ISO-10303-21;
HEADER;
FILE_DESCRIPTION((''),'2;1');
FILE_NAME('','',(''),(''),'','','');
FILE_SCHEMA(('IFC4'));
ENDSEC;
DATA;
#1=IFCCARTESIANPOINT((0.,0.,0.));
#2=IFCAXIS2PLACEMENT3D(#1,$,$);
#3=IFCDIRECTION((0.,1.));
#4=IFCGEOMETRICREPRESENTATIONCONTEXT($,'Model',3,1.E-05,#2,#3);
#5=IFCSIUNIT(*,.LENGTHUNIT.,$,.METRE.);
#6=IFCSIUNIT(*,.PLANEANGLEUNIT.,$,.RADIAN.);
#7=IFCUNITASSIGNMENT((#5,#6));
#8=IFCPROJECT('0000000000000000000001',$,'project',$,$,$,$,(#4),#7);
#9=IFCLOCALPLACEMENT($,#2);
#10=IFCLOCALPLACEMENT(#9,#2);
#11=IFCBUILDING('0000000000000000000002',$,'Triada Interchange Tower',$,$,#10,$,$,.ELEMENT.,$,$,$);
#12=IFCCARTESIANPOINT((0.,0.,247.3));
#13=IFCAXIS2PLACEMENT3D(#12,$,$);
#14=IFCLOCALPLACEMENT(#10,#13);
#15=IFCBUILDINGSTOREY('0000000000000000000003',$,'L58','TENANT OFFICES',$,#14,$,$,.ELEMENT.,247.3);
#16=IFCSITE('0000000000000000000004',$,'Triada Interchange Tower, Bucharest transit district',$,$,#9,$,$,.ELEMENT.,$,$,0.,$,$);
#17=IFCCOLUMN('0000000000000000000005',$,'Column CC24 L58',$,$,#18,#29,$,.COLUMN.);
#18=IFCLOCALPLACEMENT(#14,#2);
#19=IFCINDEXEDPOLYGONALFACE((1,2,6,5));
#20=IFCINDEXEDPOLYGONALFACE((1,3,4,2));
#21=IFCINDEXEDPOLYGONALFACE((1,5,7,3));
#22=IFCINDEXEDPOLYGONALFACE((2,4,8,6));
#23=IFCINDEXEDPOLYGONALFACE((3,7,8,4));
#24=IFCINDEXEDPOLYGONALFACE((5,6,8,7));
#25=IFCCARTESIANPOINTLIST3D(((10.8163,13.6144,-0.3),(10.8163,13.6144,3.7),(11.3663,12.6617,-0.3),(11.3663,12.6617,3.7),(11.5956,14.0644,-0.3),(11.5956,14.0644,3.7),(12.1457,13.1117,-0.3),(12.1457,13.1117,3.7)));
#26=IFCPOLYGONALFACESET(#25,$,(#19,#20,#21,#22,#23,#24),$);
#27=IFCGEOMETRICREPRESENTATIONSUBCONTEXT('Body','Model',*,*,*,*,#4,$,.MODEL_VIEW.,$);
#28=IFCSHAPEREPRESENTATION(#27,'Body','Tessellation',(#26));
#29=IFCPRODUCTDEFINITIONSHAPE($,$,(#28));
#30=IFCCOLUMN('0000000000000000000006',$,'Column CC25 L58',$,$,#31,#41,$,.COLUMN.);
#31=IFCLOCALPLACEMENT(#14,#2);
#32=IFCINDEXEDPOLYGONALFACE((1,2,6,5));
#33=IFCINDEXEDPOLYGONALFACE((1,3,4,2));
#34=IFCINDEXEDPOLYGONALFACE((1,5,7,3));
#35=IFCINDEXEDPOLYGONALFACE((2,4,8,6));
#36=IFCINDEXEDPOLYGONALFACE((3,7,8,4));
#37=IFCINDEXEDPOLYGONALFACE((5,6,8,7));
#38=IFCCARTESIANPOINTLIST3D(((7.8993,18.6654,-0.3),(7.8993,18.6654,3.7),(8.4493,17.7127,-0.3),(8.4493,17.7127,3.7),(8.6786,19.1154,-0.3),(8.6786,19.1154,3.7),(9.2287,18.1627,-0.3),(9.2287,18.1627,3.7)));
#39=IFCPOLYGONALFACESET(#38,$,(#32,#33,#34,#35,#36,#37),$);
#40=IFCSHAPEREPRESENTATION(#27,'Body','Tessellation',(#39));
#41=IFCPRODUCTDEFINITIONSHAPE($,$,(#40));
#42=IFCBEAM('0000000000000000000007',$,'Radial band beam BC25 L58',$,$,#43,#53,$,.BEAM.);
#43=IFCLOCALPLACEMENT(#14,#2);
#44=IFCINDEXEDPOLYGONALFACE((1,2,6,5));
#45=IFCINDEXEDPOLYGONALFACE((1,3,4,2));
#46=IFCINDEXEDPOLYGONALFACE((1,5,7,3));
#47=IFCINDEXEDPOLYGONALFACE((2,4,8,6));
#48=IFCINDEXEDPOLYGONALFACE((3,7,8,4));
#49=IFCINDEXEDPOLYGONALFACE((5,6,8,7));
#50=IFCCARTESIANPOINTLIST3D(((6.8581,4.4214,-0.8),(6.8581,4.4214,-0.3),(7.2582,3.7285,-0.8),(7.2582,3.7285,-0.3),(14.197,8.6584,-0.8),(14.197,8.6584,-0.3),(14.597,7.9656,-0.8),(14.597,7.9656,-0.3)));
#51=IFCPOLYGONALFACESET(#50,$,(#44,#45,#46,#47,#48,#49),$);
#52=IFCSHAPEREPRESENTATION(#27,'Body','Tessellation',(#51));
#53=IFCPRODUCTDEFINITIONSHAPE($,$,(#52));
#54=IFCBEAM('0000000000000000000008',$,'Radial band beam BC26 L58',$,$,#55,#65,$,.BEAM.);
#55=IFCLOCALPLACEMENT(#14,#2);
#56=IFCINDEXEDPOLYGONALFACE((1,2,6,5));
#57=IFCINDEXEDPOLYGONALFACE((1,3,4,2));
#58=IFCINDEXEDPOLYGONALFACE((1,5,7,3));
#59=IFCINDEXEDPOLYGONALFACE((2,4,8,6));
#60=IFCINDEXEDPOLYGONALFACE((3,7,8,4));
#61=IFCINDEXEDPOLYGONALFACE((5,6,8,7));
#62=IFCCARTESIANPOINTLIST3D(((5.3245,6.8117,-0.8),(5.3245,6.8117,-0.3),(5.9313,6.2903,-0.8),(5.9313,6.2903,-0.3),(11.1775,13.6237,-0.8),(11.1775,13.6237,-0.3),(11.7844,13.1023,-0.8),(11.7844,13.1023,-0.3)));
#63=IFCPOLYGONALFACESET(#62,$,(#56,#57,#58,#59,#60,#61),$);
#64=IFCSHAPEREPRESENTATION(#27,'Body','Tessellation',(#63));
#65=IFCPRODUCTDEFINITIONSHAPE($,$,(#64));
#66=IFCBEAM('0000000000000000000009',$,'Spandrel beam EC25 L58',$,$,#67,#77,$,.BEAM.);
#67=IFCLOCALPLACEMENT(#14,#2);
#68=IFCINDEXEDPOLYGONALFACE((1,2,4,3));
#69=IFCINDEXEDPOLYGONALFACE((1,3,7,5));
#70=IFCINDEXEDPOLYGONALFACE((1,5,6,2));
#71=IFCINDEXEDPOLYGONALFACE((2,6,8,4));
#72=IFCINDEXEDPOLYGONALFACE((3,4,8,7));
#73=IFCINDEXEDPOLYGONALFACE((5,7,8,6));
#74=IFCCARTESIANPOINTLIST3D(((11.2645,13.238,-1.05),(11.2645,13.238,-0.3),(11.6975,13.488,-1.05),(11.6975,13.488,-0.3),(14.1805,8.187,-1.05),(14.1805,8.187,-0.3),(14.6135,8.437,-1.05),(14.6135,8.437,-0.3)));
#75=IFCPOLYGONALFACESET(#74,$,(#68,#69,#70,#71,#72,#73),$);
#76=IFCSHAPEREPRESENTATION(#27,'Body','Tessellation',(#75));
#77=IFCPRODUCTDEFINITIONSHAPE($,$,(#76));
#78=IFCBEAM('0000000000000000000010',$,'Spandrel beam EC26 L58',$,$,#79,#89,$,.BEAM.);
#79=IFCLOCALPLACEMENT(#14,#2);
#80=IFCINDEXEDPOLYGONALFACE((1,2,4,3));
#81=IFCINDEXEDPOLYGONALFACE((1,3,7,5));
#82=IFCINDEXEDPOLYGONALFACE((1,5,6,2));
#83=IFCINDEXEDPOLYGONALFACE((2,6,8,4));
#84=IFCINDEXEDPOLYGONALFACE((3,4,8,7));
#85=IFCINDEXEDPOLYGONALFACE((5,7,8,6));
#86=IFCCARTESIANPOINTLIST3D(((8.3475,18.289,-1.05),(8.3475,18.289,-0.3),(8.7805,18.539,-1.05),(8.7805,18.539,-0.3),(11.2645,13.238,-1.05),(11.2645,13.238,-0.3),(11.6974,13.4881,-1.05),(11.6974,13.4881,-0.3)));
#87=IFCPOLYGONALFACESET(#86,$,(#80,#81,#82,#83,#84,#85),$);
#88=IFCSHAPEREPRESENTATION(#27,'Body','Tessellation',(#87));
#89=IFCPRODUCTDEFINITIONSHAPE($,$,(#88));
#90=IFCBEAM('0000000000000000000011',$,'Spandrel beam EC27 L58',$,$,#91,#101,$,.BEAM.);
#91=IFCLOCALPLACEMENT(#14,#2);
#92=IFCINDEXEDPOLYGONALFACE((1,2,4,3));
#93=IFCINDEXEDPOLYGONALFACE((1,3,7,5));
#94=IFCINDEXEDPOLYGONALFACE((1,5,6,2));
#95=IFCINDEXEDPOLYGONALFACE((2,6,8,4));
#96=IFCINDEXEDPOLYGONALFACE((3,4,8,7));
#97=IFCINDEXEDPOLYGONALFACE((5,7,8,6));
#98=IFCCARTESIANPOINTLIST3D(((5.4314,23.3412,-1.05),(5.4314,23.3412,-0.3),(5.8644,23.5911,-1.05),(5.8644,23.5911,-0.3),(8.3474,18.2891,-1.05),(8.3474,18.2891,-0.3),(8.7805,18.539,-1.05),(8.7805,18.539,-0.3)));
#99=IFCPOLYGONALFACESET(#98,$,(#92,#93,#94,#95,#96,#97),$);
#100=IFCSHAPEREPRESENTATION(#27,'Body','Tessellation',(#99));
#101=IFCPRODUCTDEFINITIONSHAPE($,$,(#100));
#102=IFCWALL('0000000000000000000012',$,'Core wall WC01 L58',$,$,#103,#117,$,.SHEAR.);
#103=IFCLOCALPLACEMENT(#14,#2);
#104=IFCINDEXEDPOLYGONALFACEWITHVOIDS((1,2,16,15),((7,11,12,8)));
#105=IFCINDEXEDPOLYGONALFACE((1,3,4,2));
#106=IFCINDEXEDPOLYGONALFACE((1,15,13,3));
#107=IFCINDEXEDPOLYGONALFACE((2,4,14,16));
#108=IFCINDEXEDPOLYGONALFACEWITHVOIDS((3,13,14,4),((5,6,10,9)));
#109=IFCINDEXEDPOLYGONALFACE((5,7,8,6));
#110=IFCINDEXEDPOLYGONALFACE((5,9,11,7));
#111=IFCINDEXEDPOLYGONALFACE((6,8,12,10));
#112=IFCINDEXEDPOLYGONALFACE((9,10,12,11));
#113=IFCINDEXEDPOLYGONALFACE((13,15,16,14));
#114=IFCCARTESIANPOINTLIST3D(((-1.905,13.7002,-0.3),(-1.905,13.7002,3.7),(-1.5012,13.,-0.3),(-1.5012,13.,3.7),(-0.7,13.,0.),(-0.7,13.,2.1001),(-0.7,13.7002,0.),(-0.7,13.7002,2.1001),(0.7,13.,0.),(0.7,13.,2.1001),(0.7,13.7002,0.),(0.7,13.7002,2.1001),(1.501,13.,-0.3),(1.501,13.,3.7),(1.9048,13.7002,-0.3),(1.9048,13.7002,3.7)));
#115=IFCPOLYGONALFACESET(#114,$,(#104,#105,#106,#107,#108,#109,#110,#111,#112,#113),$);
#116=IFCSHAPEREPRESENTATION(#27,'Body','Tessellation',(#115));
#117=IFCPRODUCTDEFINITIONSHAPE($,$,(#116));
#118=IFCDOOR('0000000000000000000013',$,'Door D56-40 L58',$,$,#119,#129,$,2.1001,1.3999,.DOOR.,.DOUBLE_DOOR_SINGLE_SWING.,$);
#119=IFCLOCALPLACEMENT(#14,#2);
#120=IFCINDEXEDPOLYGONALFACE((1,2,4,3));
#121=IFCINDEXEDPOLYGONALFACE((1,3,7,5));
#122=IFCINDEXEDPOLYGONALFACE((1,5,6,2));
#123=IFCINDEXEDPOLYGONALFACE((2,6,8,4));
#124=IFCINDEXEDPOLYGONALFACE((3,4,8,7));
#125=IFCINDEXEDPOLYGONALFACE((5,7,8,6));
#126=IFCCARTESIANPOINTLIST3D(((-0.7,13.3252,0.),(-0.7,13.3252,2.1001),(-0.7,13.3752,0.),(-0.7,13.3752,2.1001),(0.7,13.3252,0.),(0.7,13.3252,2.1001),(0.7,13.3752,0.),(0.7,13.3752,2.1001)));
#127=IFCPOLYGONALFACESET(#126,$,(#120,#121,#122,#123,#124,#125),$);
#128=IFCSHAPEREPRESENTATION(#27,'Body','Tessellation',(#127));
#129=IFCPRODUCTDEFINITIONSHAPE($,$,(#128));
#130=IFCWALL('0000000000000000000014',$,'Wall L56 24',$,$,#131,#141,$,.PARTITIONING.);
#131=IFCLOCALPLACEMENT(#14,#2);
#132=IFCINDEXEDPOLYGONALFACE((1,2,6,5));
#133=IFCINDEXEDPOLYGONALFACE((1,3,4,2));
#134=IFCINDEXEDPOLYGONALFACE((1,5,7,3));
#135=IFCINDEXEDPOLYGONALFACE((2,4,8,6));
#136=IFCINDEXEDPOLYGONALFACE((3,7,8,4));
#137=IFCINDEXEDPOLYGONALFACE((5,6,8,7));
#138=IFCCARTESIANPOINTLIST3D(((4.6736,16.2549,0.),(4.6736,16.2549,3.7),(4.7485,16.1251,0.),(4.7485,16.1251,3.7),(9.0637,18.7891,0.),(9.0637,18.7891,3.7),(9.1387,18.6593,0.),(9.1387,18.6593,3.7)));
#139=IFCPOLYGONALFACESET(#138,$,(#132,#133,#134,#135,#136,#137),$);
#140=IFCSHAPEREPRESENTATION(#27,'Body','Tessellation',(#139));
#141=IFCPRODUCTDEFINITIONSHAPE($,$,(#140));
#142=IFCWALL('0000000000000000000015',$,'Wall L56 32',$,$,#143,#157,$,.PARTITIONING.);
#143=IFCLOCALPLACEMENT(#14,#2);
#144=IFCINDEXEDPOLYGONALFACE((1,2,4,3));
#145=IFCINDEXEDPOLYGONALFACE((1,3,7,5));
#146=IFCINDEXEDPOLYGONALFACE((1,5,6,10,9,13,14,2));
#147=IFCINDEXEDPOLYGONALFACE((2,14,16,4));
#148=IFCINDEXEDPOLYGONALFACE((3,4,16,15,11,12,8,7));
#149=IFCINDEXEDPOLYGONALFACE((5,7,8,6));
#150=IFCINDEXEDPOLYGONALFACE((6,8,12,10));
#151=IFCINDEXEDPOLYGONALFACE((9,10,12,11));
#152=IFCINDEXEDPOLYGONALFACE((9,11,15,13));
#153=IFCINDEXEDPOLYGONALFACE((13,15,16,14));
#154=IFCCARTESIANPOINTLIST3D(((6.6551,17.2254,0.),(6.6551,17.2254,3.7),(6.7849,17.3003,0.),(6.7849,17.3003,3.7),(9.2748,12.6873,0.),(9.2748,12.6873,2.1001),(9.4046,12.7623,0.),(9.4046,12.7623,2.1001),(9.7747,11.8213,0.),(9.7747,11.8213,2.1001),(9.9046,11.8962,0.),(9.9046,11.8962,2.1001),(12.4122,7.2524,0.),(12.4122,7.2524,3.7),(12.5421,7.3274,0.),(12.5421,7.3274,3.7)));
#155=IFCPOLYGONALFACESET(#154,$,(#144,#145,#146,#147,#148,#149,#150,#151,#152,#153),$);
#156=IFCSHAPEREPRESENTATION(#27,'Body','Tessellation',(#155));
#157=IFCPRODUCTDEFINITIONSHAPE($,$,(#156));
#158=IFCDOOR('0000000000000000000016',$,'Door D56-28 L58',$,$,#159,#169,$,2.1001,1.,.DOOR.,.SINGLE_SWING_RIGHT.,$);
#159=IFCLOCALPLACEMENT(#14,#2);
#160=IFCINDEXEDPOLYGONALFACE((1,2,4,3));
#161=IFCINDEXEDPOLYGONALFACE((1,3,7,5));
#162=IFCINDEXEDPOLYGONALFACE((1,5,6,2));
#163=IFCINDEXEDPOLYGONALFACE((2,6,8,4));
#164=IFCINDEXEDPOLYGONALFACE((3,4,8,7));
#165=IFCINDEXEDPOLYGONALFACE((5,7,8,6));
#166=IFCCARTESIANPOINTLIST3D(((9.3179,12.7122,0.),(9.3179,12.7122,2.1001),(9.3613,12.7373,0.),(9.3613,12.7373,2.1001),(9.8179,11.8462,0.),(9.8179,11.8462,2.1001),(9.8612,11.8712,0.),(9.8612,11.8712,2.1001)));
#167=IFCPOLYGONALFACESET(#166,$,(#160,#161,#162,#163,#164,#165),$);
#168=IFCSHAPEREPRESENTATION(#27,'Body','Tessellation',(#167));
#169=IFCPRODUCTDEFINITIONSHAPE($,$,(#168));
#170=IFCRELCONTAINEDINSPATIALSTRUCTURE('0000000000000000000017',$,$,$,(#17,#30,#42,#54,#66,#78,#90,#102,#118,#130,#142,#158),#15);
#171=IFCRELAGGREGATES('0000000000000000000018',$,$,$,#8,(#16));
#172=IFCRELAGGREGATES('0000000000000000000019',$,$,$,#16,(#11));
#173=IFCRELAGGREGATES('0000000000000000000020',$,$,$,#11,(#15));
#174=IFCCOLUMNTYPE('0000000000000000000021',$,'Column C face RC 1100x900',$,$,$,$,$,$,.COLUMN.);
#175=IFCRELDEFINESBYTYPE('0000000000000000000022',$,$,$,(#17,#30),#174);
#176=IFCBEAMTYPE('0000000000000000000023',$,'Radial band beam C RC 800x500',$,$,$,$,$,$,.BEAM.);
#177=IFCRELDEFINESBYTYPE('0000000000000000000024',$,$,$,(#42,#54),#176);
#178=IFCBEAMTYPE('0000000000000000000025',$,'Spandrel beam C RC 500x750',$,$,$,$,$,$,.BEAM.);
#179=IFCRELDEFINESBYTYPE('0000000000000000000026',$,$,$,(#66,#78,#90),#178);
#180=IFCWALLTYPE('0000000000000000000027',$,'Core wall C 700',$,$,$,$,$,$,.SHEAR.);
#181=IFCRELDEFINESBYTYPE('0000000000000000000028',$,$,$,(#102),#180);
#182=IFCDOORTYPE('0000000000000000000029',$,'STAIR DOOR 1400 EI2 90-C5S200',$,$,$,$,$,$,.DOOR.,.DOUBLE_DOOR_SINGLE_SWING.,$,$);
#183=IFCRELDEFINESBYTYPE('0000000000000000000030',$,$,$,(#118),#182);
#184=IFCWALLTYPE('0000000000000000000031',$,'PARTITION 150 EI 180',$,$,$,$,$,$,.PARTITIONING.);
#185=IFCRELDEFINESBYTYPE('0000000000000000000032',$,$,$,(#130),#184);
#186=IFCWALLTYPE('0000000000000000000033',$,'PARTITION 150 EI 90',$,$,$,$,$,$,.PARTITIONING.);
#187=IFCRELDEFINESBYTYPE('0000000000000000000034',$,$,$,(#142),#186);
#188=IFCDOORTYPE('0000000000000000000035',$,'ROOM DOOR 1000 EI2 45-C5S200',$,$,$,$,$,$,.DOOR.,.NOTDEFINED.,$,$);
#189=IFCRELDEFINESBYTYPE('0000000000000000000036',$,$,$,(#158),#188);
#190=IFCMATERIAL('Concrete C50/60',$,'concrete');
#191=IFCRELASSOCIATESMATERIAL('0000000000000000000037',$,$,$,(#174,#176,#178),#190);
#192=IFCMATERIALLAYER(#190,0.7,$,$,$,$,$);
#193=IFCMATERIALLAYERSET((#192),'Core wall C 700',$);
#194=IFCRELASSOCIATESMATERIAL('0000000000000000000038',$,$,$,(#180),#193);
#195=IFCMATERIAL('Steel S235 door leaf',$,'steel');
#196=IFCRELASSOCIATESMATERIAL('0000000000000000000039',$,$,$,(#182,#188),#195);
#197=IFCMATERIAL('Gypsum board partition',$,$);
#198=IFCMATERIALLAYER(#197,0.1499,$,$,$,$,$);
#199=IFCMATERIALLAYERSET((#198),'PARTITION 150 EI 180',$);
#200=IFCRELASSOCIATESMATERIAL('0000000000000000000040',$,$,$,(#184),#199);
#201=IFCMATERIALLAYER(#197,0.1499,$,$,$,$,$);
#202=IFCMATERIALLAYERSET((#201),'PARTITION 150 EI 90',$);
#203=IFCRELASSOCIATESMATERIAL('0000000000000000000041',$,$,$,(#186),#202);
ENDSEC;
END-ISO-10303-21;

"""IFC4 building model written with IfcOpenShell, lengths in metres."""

from ifc_helpers import new_model, si_unit, direction, frame, frame_2d, origin, origin_2d, place, context, subcontext, project, spatial, polyline, rectangle, outline, extrude, material, layer, layer_set, material_profile, profile_set, type_object, element, fill, save


model = new_model("IFC4")

# Units and contexts
model_context = context("Model", 3, precision=1e-05, world=origin(), true_north=direction((0.0, 1.0)))
body_context = subcontext(model_context, "Body", "Model", "MODEL_VIEW")
ifc_project = project(units=[si_unit("LENGTHUNIT", "METRE"), si_unit("PLANEANGLEUNIT", "RADIAN")], contexts=[model_context])

# Site, building, storey
site_placement = place(None, origin())
site = spatial("IfcSite", under=ifc_project, at=site_placement, Name="Triada Interchange Tower, Bucharest transit district", CompositionType="ELEMENT", RefElevation=0.0)
building_placement = place(site_placement, origin())
building = spatial("IfcBuilding", under=site, at=building_placement, Name="Triada Interchange Tower", CompositionType="ELEMENT")
storey_placement = place(building_placement, frame((0.0, 0.0, 247.3)))
storey = spatial("IfcBuildingStorey", under=building, at=storey_placement, Name="L58", Description="TENANT OFFICES", CompositionType="ELEMENT", Elevation=247.3)

# Columns
ifc_material_1 = material(Name="Concrete C50/60", Category="concrete")
ifc_material_profile_1 = material_profile(ifc_material_1, rectangle(XDim=1.1001, YDim=0.8999, at=origin_2d()), Name="RC 1100x900")
ifc_profile_set_1 = profile_set([ifc_material_profile_1], Name="Concrete C50/60")
column_type = type_object("IfcColumnType", Name="Column C face RC 1100x900", PredefinedType="COLUMN", material=ifc_profile_set_1)
for number, where, z_axis, x_axis, name in (
    (1, (11.481, 13.363, -0.3), (0.0, 0.0, 1.0), (-0.5, 0.866025, 0.0), "Column CC24 L58"),
    (2, (8.564, 18.4141, -0.3), (0.0, 0.0, 1.0), (-0.5, 0.866025, 0.0), "Column CC25 L58"),
):
    element("IfcColumn", number, at=place(storey_placement, frame(where, z_axis=z_axis, x_axis=x_axis)), inside=storey, type_object=column_type, Name=name, PredefinedType="COLUMN", context=body_context, shape_type="SweptSolid", body=[
        extrude(rectangle(XDim=1.1001, YDim=0.8999, at=origin_2d()), origin(), (0.0, 0.0, 1.0), 4.0),
    ])

# Beams
ifc_material_profile_2 = material_profile(ifc_material_1, rectangle(XDim=0.8, YDim=0.5, at=origin_2d()), Name="RC 800x500")
ifc_profile_set_2 = profile_set([ifc_material_profile_2], Name="Concrete C50/60")
beam_type_1 = type_object("IfcBeamType", Name="Radial band beam C RC 800x500", PredefinedType="BEAM", material=ifc_profile_set_2)
beam_1_placement = place(storey_placement, frame((14.397, 8.312, -0.55), z_axis=(-0.866027, -0.499997, 0.0), x_axis=(0.499997, -0.866027, 0.0)))
element("IfcBeam", 3, at=beam_1_placement, inside=storey, type_object=beam_type_1, Name="Radial band beam BC25 L58", PredefinedType="BEAM", context=body_context, shape_type="SweptSolid", body=[
    extrude(rectangle(XDim=0.8, YDim=0.5, at=origin_2d()), origin(), (0.0, 0.0, 1.0), 8.4741),
])
beam_2_placement = place(storey_placement, frame((11.481, 13.363, -0.55), z_axis=(-0.6517, -0.758477, 0.0), x_axis=(0.758477, -0.6517, 0.0)))
element("IfcBeam", 4, at=beam_2_placement, inside=storey, type_object=beam_type_1, Name="Radial band beam BC26 L58", PredefinedType="BEAM", context=body_context, shape_type="SweptSolid", body=[
    extrude(rectangle(XDim=0.8, YDim=0.5, at=origin_2d()), origin(), (0.0, 0.0, 1.0), 8.9812),
])
ifc_material_profile_3 = material_profile(ifc_material_1, rectangle(XDim=0.5, YDim=0.75, at=origin_2d()), Name="RC 500x750")
ifc_profile_set_3 = profile_set([ifc_material_profile_3], Name="Concrete C50/60")
beam_type_2 = type_object("IfcBeamType", Name="Spandrel beam C RC 500x750", PredefinedType="BEAM", material=ifc_profile_set_3)
beam_3_placement = place(storey_placement, frame((14.397, 8.312, -0.675), z_axis=(-0.499975, 0.86604, 0.0), x_axis=(-0.86604, -0.499975, 0.0)))
element("IfcBeam", 5, at=beam_3_placement, inside=storey, type_object=beam_type_2, Name="Spandrel beam EC25 L58", PredefinedType="BEAM", context=body_context, shape_type="SweptSolid", body=[
    extrude(rectangle(XDim=0.5, YDim=0.75, at=origin_2d()), origin(), (0.0, 0.0, 1.0), 5.8323),
])
beam_4_placement = place(storey_placement, frame((11.481, 13.363, -0.675), z_axis=(-0.5001, 0.865967, 0.0), x_axis=(-0.865967, -0.5001, 0.0)))
element("IfcBeam", 6, at=beam_4_placement, inside=storey, type_object=beam_type_2, Name="Spandrel beam EC26 L58", PredefinedType="BEAM", context=body_context, shape_type="SweptSolid", body=[
    extrude(rectangle(XDim=0.5, YDim=0.75, at=origin_2d()), origin(), (0.0, 0.0, 1.0), 5.8328),
])
beam_5_placement = place(storey_placement, frame((8.564, 18.4141, -0.675), z_axis=(-0.499902, 0.866082, 0.0), x_axis=(-0.866082, -0.499902, 0.0)))
element("IfcBeam", 7, at=beam_5_placement, inside=storey, type_object=beam_type_2, Name="Spandrel beam EC27 L58", PredefinedType="BEAM", context=body_context, shape_type="SweptSolid", body=[
    extrude(rectangle(XDim=0.5, YDim=0.75, at=origin_2d()), origin(), (0.0, 0.0, 1.0), 5.8333),
])

# Wall, opening, door
ifc_layer_1 = layer(ifc_material_1, 0.7)
ifc_layer_set_1 = layer_set([ifc_layer_1], Name="Core wall C 700")
wall_type_1 = type_object("IfcWallType", Name="Core wall C 700", PredefinedType="SHEAR", material=ifc_layer_set_1)
wall_1_placement = place(storey_placement, frame((1.7029, 13.3501, -0.3), z_axis=(0.0, 0.0, 1.0), x_axis=(-1.0, 0.0, 0.0)))
wall_1 = element("IfcWall", 8, at=wall_1_placement, inside=storey, type_object=wall_type_1, Name="Core wall WC01 L58", PredefinedType="SHEAR", context=body_context, shape_type="SweptSolid", body=[
    extrude(outline(polyline([(-0.2019, -0.3501), (1.7031, -0.3501), (3.6079, -0.3501), (3.2041, 0.3501), (1.7031, 0.3501), (0.2019, 0.3501), (-0.2019, -0.3501)])), origin(), (0.0, 0.0, 1.0), 4.0),
])
opening_1_placement = place(wall_1_placement, frame((1.0029, 0.0, 0.3)))
opening_1 = element("IfcOpeningElement", 9, at=opening_1_placement, cuts=wall_1, PredefinedType="OPENING", context=body_context, shape_type="SweptSolid", body=[
    extrude(rectangle(XDim=1.3999, YDim=2.1001, at=frame_2d((0.7, 1.05))), frame((0.0, 0.3601, 0.0), z_axis=(0.0, -1.0, 0.0), x_axis=(1.0, 0.0, 0.0)), (0.0, 0.0, 1.0), 0.7202),
])
ifc_material_2 = material(Name="Steel S235 door leaf", Category="steel")
door_type_1 = type_object("IfcDoorType", Name="STAIR DOOR 1400 EI2 90-C5S200", OperationType="DOUBLE_DOOR_SINGLE_SWING", PredefinedType="DOOR", material=ifc_material_2)
door_1_placement = place(opening_1_placement, origin())
door_1 = element("IfcDoor", 10, at=door_1_placement, inside=storey, type_object=door_type_1, Name="Door D56-40 L58", OperationType="DOUBLE_DOOR_SINGLE_SWING", OverallHeight=2.1001, OverallWidth=1.3999, PredefinedType="DOOR", context=body_context, shape_type="SweptSolid", body=[
    extrude(rectangle(XDim=1.3999, YDim=2.1001, at=frame_2d((0.7, 1.05))), frame((0.0, 0.0249, 0.0), z_axis=(0.0, -1.0, 0.0), x_axis=(1.0, 0.0, 0.0)), (0.0, 0.0, 1.0), 0.05),
])
fill(opening_1, door_1)

# Wall
ifc_material_3 = material(Name="Gypsum board partition")
ifc_layer_2 = layer(ifc_material_3, 0.1499)
ifc_layer_set_2 = layer_set([ifc_layer_2], Name="PARTITION 150 EI 180")
wall_type_2 = type_object("IfcWallType", Name="PARTITION 150 EI 180", PredefinedType="PARTITIONING", material=ifc_layer_set_2)
wall_2_placement = place(storey_placement, frame((4.7109, 16.1899, 0.0), z_axis=(0.0, 0.0, 1.0), x_axis=(0.866065, 0.499931, 0.0)))
element("IfcWall", 11, at=wall_2_placement, inside=storey, type_object=wall_type_2, Name="Wall L56 24", PredefinedType="PARTITIONING", context=body_context, shape_type="SweptSolid", body=[
    extrude(rectangle(XDim=5.0691, YDim=0.1499, at=frame_2d((2.5347, 0.0))), origin(), (0.0, 0.0, 1.0), 3.7),
])

# Wall, opening, door
ifc_layer_3 = layer(ifc_material_3, 0.1499)
ifc_layer_set_3 = layer_set([ifc_layer_3], Name="PARTITION 150 EI 90")
wall_type_3 = type_object("IfcWallType", Name="PARTITION 150 EI 90", PredefinedType="PARTITIONING", material=ifc_layer_set_3)
wall_3_placement = place(storey_placement, frame((6.72, 17.2629, 0.0), z_axis=(0.0, 0.0, 1.0), x_axis=(0.499949, -0.866055, 0.0)))
wall_3 = element("IfcWall", 12, at=wall_3_placement, inside=storey, type_object=wall_type_3, Name="Wall L56 32", PredefinedType="PARTITIONING", context=body_context, shape_type="SweptSolid", body=[
    extrude(rectangle(XDim=11.5154, YDim=0.1499, at=frame_2d((5.7578, 0.0))), origin(), (0.0, 0.0, 1.0), 3.7),
])
opening_2_placement = place(wall_3_placement, frame((5.24, 0.0, 0.0)))
opening_2 = element("IfcOpeningElement", 13, at=opening_2_placement, cuts=wall_3, PredefinedType="OPENING", context=body_context, shape_type="SweptSolid", body=[
    extrude(rectangle(XDim=1.0, YDim=2.1001, at=frame_2d((0.5, 1.05))), frame((0.0, 0.085, 0.0), z_axis=(0.0, -1.0, 0.0), x_axis=(1.0, 0.0, 0.0)), (0.0, 0.0, 1.0), 0.1699),
])
door_type_2 = type_object("IfcDoorType", Name="ROOM DOOR 1000 EI2 45-C5S200", OperationType="NOTDEFINED", PredefinedType="DOOR", material=ifc_material_2)
door_2_placement = place(opening_2_placement, origin())
door_2 = element("IfcDoor", 14, at=door_2_placement, inside=storey, type_object=door_type_2, Name="Door D56-28 L58", OperationType="SINGLE_SWING_RIGHT", OverallHeight=2.1001, OverallWidth=1.0, PredefinedType="DOOR", context=body_context, shape_type="SweptSolid", body=[
    extrude(rectangle(XDim=1.0, YDim=2.1001, at=frame_2d((0.5, 1.05))), frame((0.0, 0.0249, 0.0), z_axis=(0.0, -1.0, 0.0), x_axis=(1.0, 0.0, 0.0)), (0.0, 0.0, 1.0), 0.05),
])
fill(opening_2, door_2)

save(model, "model.ifc")
